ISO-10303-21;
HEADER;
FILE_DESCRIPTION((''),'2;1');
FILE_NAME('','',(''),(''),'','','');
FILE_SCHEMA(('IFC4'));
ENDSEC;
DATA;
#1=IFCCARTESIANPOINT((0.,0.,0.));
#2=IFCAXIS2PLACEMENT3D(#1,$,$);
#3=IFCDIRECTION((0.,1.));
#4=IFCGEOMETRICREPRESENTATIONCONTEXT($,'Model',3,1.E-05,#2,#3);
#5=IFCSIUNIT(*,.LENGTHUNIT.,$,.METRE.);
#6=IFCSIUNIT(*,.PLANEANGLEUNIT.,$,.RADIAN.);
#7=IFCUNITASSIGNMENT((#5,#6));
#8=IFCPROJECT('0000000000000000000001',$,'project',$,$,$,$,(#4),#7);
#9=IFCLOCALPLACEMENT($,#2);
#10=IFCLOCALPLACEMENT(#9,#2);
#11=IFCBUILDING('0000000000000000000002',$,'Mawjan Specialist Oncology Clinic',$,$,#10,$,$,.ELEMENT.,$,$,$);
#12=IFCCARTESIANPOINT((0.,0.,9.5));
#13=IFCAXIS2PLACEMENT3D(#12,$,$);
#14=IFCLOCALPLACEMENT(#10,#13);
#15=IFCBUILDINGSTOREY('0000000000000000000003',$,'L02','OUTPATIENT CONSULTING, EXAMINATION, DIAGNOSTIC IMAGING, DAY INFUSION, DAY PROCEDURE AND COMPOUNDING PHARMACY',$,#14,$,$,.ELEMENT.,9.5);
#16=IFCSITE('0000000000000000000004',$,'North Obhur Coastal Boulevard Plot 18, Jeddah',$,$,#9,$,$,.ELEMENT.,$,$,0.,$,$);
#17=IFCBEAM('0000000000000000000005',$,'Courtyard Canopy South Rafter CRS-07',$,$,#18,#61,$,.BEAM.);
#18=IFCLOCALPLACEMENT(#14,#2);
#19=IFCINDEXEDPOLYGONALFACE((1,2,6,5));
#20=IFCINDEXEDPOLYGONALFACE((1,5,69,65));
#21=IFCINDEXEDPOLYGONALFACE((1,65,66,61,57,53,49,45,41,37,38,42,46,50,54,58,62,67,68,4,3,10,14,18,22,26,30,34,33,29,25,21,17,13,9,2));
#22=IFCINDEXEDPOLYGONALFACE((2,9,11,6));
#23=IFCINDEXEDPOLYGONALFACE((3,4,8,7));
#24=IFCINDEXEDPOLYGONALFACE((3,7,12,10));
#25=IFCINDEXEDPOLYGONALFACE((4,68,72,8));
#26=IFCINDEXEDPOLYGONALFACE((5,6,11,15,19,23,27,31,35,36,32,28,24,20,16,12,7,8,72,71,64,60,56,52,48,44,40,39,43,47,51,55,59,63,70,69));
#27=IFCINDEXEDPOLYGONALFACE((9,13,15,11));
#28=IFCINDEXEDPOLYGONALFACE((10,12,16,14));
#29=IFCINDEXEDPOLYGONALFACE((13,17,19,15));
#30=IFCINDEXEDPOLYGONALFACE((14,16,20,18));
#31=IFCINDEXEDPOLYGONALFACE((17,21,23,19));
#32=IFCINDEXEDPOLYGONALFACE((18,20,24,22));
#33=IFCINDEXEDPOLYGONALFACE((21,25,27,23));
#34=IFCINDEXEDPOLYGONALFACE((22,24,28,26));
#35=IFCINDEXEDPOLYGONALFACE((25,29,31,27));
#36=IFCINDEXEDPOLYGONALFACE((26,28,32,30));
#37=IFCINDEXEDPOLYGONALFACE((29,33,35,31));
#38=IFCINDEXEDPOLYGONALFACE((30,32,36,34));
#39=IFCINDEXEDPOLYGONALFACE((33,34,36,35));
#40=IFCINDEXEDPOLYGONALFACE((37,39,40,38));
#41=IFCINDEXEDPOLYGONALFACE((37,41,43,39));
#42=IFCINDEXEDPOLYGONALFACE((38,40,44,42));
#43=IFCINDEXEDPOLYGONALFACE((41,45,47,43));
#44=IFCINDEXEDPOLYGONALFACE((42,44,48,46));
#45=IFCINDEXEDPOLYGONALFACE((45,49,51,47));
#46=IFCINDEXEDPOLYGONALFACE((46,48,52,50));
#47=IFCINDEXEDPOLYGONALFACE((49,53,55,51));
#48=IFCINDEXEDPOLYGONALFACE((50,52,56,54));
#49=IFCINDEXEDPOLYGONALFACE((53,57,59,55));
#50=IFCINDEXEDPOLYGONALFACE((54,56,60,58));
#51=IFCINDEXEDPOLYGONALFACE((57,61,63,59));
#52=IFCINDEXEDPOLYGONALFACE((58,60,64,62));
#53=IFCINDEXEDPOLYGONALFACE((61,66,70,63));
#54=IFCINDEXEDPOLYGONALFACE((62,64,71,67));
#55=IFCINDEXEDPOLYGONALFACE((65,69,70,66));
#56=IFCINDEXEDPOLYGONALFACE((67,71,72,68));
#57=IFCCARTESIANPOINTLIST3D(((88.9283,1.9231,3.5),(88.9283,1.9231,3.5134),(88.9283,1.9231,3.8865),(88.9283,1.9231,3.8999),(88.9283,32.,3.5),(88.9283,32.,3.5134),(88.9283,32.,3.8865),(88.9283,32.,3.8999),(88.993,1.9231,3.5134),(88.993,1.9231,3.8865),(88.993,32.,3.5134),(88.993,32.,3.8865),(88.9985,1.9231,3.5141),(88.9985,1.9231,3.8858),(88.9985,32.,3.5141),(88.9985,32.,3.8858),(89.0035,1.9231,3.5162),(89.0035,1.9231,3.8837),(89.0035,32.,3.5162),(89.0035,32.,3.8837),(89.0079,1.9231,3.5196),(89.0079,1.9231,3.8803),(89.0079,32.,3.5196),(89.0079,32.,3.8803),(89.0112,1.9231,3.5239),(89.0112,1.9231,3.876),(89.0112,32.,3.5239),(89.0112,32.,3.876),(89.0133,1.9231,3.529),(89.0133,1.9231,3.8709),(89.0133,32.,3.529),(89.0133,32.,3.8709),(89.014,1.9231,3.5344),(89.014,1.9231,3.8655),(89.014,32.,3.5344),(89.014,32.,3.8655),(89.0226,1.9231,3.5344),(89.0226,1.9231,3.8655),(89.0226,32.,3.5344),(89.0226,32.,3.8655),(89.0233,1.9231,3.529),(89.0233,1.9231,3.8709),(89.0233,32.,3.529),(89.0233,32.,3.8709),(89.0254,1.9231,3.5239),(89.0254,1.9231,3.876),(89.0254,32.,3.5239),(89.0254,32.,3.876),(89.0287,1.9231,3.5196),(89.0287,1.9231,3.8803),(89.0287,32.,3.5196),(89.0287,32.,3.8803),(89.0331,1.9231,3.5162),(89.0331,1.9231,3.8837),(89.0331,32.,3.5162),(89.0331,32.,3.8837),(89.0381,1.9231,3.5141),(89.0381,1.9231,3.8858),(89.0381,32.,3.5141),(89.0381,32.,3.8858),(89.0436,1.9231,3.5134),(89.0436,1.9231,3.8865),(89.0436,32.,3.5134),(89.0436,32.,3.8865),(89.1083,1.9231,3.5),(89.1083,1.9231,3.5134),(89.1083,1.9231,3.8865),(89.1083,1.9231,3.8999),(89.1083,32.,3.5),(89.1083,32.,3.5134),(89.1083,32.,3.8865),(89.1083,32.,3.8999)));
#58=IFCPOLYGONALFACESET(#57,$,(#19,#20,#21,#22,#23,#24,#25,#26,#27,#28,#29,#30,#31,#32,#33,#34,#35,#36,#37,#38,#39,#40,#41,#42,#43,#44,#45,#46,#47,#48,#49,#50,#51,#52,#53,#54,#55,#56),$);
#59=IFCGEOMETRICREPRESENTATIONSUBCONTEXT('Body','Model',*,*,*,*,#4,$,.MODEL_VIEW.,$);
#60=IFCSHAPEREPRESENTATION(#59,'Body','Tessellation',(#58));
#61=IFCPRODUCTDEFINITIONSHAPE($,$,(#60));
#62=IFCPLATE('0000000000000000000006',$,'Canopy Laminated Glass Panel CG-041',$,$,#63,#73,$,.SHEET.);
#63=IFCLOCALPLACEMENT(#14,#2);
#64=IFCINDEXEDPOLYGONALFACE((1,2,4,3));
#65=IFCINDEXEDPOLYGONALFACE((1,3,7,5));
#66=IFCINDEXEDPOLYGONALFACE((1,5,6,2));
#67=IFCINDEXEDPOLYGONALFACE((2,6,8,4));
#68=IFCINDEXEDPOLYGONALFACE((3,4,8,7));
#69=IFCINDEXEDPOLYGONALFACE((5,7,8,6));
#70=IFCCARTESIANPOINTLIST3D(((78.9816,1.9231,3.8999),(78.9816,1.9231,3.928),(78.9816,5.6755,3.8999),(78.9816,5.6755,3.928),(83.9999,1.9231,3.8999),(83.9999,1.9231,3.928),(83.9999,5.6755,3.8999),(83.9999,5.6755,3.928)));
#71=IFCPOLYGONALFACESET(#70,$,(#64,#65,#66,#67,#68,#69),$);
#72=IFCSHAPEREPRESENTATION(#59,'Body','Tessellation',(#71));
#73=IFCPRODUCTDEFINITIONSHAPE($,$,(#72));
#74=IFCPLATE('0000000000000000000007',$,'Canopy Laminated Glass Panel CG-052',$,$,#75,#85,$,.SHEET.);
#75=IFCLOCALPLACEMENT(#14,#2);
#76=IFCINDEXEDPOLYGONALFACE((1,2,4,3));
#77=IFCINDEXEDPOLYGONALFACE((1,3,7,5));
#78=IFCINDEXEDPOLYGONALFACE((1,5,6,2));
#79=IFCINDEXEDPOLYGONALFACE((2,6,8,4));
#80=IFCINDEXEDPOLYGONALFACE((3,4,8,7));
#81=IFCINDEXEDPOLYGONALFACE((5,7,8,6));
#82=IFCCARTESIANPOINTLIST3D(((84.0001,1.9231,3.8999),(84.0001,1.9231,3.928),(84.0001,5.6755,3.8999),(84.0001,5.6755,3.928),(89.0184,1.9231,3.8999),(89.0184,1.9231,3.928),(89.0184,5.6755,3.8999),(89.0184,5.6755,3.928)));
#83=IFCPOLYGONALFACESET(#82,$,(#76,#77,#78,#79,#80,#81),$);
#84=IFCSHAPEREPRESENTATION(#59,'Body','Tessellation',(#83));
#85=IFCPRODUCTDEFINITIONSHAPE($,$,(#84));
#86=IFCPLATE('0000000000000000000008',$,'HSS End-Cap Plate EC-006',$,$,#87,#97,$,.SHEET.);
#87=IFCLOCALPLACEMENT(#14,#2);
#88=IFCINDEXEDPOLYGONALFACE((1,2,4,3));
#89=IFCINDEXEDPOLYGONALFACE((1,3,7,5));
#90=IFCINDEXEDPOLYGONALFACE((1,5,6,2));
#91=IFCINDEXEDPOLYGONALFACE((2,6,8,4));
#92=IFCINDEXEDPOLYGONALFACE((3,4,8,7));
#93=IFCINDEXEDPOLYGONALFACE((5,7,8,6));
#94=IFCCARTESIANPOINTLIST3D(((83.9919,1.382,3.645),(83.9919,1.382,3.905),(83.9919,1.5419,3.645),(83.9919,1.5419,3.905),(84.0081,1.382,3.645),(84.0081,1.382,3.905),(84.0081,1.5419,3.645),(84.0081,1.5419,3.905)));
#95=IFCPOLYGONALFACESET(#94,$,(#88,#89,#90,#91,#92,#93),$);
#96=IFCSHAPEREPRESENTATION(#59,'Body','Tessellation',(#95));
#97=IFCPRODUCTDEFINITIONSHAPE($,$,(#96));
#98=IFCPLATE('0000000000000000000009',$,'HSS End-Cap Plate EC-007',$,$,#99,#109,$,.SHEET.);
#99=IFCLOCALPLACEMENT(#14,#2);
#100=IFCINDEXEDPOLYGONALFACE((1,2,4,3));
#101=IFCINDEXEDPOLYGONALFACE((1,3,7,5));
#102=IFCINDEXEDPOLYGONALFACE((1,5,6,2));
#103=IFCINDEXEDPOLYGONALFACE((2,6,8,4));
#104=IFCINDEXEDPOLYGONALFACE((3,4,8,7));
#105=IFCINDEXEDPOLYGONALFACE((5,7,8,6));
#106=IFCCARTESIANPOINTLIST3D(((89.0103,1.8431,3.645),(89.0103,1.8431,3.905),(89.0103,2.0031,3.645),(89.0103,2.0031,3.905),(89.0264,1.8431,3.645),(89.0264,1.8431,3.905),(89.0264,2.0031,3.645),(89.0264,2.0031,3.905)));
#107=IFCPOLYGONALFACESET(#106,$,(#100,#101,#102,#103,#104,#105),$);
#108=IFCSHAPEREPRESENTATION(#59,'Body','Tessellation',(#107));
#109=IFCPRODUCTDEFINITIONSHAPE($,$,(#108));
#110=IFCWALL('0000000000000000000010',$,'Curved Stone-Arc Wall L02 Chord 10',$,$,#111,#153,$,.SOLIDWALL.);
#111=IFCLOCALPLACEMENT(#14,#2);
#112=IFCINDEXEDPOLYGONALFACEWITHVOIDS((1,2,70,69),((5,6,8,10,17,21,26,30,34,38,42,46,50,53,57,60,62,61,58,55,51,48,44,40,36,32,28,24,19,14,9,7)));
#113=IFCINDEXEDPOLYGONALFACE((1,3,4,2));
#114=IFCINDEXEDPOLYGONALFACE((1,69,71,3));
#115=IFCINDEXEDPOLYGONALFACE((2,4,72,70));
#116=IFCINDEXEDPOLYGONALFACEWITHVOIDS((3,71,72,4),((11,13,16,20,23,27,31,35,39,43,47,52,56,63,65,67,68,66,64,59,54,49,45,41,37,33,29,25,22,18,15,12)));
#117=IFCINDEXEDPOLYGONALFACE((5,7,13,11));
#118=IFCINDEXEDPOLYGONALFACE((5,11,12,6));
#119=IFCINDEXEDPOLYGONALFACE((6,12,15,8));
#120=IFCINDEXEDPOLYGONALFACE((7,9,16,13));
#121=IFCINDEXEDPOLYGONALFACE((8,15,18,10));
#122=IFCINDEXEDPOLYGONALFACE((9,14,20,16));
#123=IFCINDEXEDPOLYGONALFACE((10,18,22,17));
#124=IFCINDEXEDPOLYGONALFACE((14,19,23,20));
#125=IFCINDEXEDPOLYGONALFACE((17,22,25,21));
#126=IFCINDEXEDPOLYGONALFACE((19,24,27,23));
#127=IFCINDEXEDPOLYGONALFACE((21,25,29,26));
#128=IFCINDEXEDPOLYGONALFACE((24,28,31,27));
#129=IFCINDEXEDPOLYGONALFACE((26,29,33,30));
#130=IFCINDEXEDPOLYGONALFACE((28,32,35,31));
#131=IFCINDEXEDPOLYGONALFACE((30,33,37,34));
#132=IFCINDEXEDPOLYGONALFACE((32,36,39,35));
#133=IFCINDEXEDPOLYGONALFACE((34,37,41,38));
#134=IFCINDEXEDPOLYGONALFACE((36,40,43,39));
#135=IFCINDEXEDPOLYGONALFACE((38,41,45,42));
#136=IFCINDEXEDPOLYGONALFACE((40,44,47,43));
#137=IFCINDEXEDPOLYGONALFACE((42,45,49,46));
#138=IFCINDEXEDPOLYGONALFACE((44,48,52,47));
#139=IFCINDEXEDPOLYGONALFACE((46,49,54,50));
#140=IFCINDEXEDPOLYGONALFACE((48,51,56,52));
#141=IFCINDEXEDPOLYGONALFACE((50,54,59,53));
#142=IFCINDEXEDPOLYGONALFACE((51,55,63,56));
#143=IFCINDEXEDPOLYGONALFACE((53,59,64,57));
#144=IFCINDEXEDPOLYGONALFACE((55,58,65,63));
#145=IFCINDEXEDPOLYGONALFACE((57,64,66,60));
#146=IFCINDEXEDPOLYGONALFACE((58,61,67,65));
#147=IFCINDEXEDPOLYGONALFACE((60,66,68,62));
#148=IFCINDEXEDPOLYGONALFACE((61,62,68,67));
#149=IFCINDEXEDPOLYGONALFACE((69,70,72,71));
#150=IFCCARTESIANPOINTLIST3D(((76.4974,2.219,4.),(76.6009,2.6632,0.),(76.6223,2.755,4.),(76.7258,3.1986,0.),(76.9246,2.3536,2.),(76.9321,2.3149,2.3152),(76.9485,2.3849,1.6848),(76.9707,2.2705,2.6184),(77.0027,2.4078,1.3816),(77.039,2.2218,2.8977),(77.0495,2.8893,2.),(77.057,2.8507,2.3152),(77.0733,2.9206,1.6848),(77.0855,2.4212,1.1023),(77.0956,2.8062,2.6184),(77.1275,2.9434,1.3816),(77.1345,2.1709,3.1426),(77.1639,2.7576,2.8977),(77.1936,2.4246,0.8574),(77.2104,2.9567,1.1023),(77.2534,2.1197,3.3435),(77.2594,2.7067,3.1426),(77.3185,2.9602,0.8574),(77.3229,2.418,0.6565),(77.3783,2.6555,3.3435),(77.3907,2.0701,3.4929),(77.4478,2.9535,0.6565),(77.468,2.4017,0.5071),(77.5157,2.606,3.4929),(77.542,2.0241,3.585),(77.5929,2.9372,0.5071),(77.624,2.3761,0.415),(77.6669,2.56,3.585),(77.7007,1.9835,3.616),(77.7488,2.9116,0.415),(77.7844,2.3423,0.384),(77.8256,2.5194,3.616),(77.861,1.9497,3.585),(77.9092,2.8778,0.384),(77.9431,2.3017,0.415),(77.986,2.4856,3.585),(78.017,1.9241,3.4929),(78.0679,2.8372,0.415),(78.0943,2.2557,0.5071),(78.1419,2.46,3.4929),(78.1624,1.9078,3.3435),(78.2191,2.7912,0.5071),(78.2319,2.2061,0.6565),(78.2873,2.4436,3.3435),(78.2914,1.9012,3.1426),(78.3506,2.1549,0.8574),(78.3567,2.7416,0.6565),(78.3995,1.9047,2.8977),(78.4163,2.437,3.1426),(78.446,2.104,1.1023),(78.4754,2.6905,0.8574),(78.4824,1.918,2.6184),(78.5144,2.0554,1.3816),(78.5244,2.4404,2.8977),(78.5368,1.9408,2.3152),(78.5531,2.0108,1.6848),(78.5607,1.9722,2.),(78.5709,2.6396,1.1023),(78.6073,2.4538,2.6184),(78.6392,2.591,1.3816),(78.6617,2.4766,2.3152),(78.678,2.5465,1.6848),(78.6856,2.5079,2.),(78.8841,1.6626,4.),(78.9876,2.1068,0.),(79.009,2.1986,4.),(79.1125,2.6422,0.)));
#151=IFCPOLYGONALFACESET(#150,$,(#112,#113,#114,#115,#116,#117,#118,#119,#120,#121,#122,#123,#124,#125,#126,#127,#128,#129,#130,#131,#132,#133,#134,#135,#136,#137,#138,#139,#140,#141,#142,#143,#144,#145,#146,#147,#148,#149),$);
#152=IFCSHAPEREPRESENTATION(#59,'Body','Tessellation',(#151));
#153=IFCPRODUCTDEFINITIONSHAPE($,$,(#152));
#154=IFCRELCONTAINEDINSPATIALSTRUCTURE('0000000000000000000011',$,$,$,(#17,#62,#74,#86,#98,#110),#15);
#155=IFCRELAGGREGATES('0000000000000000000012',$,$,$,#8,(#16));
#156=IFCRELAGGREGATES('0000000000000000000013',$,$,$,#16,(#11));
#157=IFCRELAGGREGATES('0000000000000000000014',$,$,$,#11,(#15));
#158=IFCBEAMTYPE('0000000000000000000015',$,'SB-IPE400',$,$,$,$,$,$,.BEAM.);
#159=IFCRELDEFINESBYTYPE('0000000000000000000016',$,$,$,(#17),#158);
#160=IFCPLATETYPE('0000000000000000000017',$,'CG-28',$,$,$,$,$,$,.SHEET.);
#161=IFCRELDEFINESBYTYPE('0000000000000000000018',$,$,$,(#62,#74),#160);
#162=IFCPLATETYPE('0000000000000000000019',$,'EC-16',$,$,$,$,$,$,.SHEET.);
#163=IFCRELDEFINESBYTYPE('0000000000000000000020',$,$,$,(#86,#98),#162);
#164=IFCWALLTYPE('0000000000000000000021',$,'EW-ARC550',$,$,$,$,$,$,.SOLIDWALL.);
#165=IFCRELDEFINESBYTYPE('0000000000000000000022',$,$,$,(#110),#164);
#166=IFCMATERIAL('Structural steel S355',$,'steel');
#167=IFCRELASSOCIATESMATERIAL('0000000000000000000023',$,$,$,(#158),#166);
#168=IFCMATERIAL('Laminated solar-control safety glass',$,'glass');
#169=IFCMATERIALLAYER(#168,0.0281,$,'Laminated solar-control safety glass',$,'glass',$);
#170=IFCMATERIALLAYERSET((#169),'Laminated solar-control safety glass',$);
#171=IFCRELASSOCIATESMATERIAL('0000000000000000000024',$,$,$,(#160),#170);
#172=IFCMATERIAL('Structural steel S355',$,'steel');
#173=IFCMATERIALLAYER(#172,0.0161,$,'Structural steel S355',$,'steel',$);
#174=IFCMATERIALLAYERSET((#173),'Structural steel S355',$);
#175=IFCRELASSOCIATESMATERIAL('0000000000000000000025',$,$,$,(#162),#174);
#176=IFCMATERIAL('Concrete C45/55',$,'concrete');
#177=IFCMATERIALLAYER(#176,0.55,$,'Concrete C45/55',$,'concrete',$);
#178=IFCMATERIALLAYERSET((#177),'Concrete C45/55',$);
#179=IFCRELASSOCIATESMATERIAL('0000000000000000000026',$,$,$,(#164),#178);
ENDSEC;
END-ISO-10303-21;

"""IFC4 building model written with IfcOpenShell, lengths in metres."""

from ifc_helpers import new_model, si_unit, direction, frame, origin, origin_2d, place, context, subcontext, project, spatial, polyline, rectangle, i_section, outline, extrude, material, layer, layer_set, material_profile, profile_set, type_object, element, save


model = new_model("IFC4")

# Units and contexts
model_context = context("Model", 3, precision=1e-05, world=origin(), true_north=direction((0.0, 1.0)))
body_context = subcontext(model_context, "Body", "Model", "MODEL_VIEW")
ifc_project = project(units=[si_unit("LENGTHUNIT", "METRE"), si_unit("PLANEANGLEUNIT", "RADIAN")], contexts=[model_context])

# Site, building, storey
site_placement = place(None, origin())
site = spatial("IfcSite", under=ifc_project, at=site_placement, Name="North Obhur Coastal Boulevard Plot 18, Jeddah", CompositionType="ELEMENT", RefElevation=0.0)
building_placement = place(site_placement, origin())
building = spatial("IfcBuilding", under=site, at=building_placement, Name="Mawjan Specialist Oncology Clinic", CompositionType="ELEMENT")
storey_placement = place(building_placement, frame((0.0, 0.0, 9.5)))
storey = spatial("IfcBuildingStorey", under=building, at=storey_placement, Name="L02", Description="OUTPATIENT CONSULTING, EXAMINATION, DIAGNOSTIC IMAGING, DAY INFUSION, DAY PROCEDURE AND COMPOUNDING PHARMACY", CompositionType="ELEMENT", Elevation=9.5)

# Beam
ifc_material_1 = material(Name="Structural steel S355", Category="steel")
ifc_material_profile_1 = material_profile(ifc_material_1, i_section(OverallWidth=0.1799, OverallDepth=0.3999, WebThickness=0.0085, FlangeThickness=0.0134, FilletRadius=0.021, at=origin_2d()), Name="IPE 400", Category="steel")
ifc_profile_set_1 = profile_set([ifc_material_profile_1], Name="Structural steel S355")
beam_type = type_object("IfcBeamType", Name="SB-IPE400", PredefinedType="BEAM", material=ifc_profile_set_1)
beam_1_placement = place(storey_placement, frame((89.0183, 1.9231, 3.7), z_axis=(0.0, 1.0, 0.0), x_axis=(-1.0, 0.0, 0.0)))
element("IfcBeam", 1, at=beam_1_placement, inside=storey, type_object=beam_type, Name="Courtyard Canopy South Rafter CRS-07", PredefinedType="BEAM", context=body_context, shape_type="SweptSolid", body=[
    extrude(i_section(OverallWidth=0.1799, OverallDepth=0.3999, WebThickness=0.0085, FlangeThickness=0.0134, FilletRadius=0.021, at=origin_2d()), origin(), (0.0, 0.0, 1.0), 30.0769),
])

# Plates
ifc_material_2 = material(Name="Laminated solar-control safety glass", Category="glass")
ifc_layer_1 = layer(ifc_material_2, 0.0281, Name="Laminated solar-control safety glass", Category="glass")
ifc_layer_set_1 = layer_set([ifc_layer_1], Name="Laminated solar-control safety glass")
plate_type_1 = type_object("IfcPlateType", Name="CG-28", PredefinedType="SHEET", material=ifc_layer_set_1)
for number, where, z_axis, x_axis, name in (
    (2, (81.4907, 3.7993, 3.8999), (0.0, 0.0, 1.0), (1.0, 0.0, 0.0), "Canopy Laminated Glass Panel CG-041"),
    (3, (86.5093, 3.7993, 3.8999), (0.0, 0.0, 1.0), (1.0, 0.0, 0.0), "Canopy Laminated Glass Panel CG-052"),
):
    element("IfcPlate", number, at=place(storey_placement, frame(where, z_axis=z_axis, x_axis=x_axis)), inside=storey, type_object=plate_type_1, Name=name, PredefinedType="SHEET", context=body_context, shape_type="SweptSolid", body=[
        extrude(rectangle(XDim=5.0183, YDim=3.7524, at=origin_2d()), origin(), (0.0, 0.0, 1.0), 0.0281),
    ])
ifc_material_3 = material(Name="Structural steel S355", Category="steel")
ifc_layer_2 = layer(ifc_material_3, 0.0161, Name="Structural steel S355", Category="steel")
ifc_layer_set_2 = layer_set([ifc_layer_2], Name="Structural steel S355")
plate_type_2 = type_object("IfcPlateType", Name="EC-16", PredefinedType="SHEET", material=ifc_layer_set_2)
for number, where, z_axis, x_axis, name in (
    (4, (84.0, 1.4619, 3.645), (0.0, 0.0, 1.0), (1.0, 0.0, 0.0), "HSS End-Cap Plate EC-006"),
    (5, (89.0183, 1.9231, 3.645), (0.0, 0.0, 1.0), (1.0, 0.0, 0.0), "HSS End-Cap Plate EC-007"),
):
    element("IfcPlate", number, at=place(storey_placement, frame(where, z_axis=z_axis, x_axis=x_axis)), inside=storey, type_object=plate_type_2, Name=name, PredefinedType="SHEET", context=body_context, shape_type="SweptSolid", body=[
        extrude(rectangle(XDim=0.0161, YDim=0.1599, at=origin_2d()), origin(), (0.0, 0.0, 1.0), 0.26),
    ])

# Wall, opening
ifc_material_4 = material(Name="Concrete C45/55", Category="concrete")
ifc_layer_3 = layer(ifc_material_4, 0.55, Name="Concrete C45/55", Category="concrete")
ifc_layer_set_3 = layer_set([ifc_layer_3], Name="Concrete C45/55")
wall_type = type_object("IfcWallType", Name="EW-ARC550", PredefinedType="SOLIDWALL", material=ifc_layer_set_3)
wall_1_placement = place(storey_placement, frame((79.05, 2.3745, 0.0), z_axis=(0.0, 0.0, 1.0), x_axis=(-0.973887, 0.227034, 0.0)))
wall_1 = element("IfcWall", 6, at=wall_1_placement, inside=storey, type_object=wall_type, Name="Curved Stone-Arc Wall L02 Chord 10", PredefinedType="SOLIDWALL", context=body_context, shape_type="SweptSolid", body=[
    extrude(outline(polyline([(-0.2749, 0.0), (0.2749, 0.0), (0.731, 4.0), (0.1807, 4.0), (-0.2749, 0.0)])), frame((0.0, 0.0, 0.0), z_axis=(1.0, 0.0, 0.0), x_axis=(0.0, 1.0, 0.0)), (0.0, 0.0, 1.0), 2.4507),
])
opening_1_placement = place(wall_1_placement, origin())
element("IfcOpeningElement", 7, at=opening_1_placement, cuts=wall_1, PredefinedType="OPENING", context=body_context, shape_type="SweptSolid", body=[
    extrude(outline(polyline([(2.0652, 2.0), (2.0491, 2.3152), (2.0015, 2.6184), (1.9238, 2.8977), (1.8193, 3.1426), (1.6919, 3.3435), (1.5469, 3.4929), (1.3892, 3.585), (1.2253, 3.616), (1.0615, 3.585), (0.9038, 3.4929), (0.7585, 3.3435), (0.6313, 3.1426), (0.5269, 2.8977), (0.4492, 2.6184), (0.4014, 2.3152), (0.3853, 2.0), (0.4014, 1.6848), (0.4492, 1.3816), (0.5269, 1.1023), (0.6313, 0.8574), (0.7585, 0.6565), (0.9038, 0.5071), (1.0615, 0.415), (1.2253, 0.384), (1.3892, 0.415), (1.5469, 0.5071), (1.6919, 0.6565), (1.8193, 0.8574), (1.9238, 1.1023), (2.0015, 1.3816), (2.0491, 1.6848), (2.0652, 2.0)])), frame((0.0, 0.7507, 0.0), z_axis=(0.0, -1.0, 0.0), x_axis=(1.0, 0.0, 0.0)), (0.0, 0.0, 1.0), 1.0459),
])

save(model, "model.ifc")
